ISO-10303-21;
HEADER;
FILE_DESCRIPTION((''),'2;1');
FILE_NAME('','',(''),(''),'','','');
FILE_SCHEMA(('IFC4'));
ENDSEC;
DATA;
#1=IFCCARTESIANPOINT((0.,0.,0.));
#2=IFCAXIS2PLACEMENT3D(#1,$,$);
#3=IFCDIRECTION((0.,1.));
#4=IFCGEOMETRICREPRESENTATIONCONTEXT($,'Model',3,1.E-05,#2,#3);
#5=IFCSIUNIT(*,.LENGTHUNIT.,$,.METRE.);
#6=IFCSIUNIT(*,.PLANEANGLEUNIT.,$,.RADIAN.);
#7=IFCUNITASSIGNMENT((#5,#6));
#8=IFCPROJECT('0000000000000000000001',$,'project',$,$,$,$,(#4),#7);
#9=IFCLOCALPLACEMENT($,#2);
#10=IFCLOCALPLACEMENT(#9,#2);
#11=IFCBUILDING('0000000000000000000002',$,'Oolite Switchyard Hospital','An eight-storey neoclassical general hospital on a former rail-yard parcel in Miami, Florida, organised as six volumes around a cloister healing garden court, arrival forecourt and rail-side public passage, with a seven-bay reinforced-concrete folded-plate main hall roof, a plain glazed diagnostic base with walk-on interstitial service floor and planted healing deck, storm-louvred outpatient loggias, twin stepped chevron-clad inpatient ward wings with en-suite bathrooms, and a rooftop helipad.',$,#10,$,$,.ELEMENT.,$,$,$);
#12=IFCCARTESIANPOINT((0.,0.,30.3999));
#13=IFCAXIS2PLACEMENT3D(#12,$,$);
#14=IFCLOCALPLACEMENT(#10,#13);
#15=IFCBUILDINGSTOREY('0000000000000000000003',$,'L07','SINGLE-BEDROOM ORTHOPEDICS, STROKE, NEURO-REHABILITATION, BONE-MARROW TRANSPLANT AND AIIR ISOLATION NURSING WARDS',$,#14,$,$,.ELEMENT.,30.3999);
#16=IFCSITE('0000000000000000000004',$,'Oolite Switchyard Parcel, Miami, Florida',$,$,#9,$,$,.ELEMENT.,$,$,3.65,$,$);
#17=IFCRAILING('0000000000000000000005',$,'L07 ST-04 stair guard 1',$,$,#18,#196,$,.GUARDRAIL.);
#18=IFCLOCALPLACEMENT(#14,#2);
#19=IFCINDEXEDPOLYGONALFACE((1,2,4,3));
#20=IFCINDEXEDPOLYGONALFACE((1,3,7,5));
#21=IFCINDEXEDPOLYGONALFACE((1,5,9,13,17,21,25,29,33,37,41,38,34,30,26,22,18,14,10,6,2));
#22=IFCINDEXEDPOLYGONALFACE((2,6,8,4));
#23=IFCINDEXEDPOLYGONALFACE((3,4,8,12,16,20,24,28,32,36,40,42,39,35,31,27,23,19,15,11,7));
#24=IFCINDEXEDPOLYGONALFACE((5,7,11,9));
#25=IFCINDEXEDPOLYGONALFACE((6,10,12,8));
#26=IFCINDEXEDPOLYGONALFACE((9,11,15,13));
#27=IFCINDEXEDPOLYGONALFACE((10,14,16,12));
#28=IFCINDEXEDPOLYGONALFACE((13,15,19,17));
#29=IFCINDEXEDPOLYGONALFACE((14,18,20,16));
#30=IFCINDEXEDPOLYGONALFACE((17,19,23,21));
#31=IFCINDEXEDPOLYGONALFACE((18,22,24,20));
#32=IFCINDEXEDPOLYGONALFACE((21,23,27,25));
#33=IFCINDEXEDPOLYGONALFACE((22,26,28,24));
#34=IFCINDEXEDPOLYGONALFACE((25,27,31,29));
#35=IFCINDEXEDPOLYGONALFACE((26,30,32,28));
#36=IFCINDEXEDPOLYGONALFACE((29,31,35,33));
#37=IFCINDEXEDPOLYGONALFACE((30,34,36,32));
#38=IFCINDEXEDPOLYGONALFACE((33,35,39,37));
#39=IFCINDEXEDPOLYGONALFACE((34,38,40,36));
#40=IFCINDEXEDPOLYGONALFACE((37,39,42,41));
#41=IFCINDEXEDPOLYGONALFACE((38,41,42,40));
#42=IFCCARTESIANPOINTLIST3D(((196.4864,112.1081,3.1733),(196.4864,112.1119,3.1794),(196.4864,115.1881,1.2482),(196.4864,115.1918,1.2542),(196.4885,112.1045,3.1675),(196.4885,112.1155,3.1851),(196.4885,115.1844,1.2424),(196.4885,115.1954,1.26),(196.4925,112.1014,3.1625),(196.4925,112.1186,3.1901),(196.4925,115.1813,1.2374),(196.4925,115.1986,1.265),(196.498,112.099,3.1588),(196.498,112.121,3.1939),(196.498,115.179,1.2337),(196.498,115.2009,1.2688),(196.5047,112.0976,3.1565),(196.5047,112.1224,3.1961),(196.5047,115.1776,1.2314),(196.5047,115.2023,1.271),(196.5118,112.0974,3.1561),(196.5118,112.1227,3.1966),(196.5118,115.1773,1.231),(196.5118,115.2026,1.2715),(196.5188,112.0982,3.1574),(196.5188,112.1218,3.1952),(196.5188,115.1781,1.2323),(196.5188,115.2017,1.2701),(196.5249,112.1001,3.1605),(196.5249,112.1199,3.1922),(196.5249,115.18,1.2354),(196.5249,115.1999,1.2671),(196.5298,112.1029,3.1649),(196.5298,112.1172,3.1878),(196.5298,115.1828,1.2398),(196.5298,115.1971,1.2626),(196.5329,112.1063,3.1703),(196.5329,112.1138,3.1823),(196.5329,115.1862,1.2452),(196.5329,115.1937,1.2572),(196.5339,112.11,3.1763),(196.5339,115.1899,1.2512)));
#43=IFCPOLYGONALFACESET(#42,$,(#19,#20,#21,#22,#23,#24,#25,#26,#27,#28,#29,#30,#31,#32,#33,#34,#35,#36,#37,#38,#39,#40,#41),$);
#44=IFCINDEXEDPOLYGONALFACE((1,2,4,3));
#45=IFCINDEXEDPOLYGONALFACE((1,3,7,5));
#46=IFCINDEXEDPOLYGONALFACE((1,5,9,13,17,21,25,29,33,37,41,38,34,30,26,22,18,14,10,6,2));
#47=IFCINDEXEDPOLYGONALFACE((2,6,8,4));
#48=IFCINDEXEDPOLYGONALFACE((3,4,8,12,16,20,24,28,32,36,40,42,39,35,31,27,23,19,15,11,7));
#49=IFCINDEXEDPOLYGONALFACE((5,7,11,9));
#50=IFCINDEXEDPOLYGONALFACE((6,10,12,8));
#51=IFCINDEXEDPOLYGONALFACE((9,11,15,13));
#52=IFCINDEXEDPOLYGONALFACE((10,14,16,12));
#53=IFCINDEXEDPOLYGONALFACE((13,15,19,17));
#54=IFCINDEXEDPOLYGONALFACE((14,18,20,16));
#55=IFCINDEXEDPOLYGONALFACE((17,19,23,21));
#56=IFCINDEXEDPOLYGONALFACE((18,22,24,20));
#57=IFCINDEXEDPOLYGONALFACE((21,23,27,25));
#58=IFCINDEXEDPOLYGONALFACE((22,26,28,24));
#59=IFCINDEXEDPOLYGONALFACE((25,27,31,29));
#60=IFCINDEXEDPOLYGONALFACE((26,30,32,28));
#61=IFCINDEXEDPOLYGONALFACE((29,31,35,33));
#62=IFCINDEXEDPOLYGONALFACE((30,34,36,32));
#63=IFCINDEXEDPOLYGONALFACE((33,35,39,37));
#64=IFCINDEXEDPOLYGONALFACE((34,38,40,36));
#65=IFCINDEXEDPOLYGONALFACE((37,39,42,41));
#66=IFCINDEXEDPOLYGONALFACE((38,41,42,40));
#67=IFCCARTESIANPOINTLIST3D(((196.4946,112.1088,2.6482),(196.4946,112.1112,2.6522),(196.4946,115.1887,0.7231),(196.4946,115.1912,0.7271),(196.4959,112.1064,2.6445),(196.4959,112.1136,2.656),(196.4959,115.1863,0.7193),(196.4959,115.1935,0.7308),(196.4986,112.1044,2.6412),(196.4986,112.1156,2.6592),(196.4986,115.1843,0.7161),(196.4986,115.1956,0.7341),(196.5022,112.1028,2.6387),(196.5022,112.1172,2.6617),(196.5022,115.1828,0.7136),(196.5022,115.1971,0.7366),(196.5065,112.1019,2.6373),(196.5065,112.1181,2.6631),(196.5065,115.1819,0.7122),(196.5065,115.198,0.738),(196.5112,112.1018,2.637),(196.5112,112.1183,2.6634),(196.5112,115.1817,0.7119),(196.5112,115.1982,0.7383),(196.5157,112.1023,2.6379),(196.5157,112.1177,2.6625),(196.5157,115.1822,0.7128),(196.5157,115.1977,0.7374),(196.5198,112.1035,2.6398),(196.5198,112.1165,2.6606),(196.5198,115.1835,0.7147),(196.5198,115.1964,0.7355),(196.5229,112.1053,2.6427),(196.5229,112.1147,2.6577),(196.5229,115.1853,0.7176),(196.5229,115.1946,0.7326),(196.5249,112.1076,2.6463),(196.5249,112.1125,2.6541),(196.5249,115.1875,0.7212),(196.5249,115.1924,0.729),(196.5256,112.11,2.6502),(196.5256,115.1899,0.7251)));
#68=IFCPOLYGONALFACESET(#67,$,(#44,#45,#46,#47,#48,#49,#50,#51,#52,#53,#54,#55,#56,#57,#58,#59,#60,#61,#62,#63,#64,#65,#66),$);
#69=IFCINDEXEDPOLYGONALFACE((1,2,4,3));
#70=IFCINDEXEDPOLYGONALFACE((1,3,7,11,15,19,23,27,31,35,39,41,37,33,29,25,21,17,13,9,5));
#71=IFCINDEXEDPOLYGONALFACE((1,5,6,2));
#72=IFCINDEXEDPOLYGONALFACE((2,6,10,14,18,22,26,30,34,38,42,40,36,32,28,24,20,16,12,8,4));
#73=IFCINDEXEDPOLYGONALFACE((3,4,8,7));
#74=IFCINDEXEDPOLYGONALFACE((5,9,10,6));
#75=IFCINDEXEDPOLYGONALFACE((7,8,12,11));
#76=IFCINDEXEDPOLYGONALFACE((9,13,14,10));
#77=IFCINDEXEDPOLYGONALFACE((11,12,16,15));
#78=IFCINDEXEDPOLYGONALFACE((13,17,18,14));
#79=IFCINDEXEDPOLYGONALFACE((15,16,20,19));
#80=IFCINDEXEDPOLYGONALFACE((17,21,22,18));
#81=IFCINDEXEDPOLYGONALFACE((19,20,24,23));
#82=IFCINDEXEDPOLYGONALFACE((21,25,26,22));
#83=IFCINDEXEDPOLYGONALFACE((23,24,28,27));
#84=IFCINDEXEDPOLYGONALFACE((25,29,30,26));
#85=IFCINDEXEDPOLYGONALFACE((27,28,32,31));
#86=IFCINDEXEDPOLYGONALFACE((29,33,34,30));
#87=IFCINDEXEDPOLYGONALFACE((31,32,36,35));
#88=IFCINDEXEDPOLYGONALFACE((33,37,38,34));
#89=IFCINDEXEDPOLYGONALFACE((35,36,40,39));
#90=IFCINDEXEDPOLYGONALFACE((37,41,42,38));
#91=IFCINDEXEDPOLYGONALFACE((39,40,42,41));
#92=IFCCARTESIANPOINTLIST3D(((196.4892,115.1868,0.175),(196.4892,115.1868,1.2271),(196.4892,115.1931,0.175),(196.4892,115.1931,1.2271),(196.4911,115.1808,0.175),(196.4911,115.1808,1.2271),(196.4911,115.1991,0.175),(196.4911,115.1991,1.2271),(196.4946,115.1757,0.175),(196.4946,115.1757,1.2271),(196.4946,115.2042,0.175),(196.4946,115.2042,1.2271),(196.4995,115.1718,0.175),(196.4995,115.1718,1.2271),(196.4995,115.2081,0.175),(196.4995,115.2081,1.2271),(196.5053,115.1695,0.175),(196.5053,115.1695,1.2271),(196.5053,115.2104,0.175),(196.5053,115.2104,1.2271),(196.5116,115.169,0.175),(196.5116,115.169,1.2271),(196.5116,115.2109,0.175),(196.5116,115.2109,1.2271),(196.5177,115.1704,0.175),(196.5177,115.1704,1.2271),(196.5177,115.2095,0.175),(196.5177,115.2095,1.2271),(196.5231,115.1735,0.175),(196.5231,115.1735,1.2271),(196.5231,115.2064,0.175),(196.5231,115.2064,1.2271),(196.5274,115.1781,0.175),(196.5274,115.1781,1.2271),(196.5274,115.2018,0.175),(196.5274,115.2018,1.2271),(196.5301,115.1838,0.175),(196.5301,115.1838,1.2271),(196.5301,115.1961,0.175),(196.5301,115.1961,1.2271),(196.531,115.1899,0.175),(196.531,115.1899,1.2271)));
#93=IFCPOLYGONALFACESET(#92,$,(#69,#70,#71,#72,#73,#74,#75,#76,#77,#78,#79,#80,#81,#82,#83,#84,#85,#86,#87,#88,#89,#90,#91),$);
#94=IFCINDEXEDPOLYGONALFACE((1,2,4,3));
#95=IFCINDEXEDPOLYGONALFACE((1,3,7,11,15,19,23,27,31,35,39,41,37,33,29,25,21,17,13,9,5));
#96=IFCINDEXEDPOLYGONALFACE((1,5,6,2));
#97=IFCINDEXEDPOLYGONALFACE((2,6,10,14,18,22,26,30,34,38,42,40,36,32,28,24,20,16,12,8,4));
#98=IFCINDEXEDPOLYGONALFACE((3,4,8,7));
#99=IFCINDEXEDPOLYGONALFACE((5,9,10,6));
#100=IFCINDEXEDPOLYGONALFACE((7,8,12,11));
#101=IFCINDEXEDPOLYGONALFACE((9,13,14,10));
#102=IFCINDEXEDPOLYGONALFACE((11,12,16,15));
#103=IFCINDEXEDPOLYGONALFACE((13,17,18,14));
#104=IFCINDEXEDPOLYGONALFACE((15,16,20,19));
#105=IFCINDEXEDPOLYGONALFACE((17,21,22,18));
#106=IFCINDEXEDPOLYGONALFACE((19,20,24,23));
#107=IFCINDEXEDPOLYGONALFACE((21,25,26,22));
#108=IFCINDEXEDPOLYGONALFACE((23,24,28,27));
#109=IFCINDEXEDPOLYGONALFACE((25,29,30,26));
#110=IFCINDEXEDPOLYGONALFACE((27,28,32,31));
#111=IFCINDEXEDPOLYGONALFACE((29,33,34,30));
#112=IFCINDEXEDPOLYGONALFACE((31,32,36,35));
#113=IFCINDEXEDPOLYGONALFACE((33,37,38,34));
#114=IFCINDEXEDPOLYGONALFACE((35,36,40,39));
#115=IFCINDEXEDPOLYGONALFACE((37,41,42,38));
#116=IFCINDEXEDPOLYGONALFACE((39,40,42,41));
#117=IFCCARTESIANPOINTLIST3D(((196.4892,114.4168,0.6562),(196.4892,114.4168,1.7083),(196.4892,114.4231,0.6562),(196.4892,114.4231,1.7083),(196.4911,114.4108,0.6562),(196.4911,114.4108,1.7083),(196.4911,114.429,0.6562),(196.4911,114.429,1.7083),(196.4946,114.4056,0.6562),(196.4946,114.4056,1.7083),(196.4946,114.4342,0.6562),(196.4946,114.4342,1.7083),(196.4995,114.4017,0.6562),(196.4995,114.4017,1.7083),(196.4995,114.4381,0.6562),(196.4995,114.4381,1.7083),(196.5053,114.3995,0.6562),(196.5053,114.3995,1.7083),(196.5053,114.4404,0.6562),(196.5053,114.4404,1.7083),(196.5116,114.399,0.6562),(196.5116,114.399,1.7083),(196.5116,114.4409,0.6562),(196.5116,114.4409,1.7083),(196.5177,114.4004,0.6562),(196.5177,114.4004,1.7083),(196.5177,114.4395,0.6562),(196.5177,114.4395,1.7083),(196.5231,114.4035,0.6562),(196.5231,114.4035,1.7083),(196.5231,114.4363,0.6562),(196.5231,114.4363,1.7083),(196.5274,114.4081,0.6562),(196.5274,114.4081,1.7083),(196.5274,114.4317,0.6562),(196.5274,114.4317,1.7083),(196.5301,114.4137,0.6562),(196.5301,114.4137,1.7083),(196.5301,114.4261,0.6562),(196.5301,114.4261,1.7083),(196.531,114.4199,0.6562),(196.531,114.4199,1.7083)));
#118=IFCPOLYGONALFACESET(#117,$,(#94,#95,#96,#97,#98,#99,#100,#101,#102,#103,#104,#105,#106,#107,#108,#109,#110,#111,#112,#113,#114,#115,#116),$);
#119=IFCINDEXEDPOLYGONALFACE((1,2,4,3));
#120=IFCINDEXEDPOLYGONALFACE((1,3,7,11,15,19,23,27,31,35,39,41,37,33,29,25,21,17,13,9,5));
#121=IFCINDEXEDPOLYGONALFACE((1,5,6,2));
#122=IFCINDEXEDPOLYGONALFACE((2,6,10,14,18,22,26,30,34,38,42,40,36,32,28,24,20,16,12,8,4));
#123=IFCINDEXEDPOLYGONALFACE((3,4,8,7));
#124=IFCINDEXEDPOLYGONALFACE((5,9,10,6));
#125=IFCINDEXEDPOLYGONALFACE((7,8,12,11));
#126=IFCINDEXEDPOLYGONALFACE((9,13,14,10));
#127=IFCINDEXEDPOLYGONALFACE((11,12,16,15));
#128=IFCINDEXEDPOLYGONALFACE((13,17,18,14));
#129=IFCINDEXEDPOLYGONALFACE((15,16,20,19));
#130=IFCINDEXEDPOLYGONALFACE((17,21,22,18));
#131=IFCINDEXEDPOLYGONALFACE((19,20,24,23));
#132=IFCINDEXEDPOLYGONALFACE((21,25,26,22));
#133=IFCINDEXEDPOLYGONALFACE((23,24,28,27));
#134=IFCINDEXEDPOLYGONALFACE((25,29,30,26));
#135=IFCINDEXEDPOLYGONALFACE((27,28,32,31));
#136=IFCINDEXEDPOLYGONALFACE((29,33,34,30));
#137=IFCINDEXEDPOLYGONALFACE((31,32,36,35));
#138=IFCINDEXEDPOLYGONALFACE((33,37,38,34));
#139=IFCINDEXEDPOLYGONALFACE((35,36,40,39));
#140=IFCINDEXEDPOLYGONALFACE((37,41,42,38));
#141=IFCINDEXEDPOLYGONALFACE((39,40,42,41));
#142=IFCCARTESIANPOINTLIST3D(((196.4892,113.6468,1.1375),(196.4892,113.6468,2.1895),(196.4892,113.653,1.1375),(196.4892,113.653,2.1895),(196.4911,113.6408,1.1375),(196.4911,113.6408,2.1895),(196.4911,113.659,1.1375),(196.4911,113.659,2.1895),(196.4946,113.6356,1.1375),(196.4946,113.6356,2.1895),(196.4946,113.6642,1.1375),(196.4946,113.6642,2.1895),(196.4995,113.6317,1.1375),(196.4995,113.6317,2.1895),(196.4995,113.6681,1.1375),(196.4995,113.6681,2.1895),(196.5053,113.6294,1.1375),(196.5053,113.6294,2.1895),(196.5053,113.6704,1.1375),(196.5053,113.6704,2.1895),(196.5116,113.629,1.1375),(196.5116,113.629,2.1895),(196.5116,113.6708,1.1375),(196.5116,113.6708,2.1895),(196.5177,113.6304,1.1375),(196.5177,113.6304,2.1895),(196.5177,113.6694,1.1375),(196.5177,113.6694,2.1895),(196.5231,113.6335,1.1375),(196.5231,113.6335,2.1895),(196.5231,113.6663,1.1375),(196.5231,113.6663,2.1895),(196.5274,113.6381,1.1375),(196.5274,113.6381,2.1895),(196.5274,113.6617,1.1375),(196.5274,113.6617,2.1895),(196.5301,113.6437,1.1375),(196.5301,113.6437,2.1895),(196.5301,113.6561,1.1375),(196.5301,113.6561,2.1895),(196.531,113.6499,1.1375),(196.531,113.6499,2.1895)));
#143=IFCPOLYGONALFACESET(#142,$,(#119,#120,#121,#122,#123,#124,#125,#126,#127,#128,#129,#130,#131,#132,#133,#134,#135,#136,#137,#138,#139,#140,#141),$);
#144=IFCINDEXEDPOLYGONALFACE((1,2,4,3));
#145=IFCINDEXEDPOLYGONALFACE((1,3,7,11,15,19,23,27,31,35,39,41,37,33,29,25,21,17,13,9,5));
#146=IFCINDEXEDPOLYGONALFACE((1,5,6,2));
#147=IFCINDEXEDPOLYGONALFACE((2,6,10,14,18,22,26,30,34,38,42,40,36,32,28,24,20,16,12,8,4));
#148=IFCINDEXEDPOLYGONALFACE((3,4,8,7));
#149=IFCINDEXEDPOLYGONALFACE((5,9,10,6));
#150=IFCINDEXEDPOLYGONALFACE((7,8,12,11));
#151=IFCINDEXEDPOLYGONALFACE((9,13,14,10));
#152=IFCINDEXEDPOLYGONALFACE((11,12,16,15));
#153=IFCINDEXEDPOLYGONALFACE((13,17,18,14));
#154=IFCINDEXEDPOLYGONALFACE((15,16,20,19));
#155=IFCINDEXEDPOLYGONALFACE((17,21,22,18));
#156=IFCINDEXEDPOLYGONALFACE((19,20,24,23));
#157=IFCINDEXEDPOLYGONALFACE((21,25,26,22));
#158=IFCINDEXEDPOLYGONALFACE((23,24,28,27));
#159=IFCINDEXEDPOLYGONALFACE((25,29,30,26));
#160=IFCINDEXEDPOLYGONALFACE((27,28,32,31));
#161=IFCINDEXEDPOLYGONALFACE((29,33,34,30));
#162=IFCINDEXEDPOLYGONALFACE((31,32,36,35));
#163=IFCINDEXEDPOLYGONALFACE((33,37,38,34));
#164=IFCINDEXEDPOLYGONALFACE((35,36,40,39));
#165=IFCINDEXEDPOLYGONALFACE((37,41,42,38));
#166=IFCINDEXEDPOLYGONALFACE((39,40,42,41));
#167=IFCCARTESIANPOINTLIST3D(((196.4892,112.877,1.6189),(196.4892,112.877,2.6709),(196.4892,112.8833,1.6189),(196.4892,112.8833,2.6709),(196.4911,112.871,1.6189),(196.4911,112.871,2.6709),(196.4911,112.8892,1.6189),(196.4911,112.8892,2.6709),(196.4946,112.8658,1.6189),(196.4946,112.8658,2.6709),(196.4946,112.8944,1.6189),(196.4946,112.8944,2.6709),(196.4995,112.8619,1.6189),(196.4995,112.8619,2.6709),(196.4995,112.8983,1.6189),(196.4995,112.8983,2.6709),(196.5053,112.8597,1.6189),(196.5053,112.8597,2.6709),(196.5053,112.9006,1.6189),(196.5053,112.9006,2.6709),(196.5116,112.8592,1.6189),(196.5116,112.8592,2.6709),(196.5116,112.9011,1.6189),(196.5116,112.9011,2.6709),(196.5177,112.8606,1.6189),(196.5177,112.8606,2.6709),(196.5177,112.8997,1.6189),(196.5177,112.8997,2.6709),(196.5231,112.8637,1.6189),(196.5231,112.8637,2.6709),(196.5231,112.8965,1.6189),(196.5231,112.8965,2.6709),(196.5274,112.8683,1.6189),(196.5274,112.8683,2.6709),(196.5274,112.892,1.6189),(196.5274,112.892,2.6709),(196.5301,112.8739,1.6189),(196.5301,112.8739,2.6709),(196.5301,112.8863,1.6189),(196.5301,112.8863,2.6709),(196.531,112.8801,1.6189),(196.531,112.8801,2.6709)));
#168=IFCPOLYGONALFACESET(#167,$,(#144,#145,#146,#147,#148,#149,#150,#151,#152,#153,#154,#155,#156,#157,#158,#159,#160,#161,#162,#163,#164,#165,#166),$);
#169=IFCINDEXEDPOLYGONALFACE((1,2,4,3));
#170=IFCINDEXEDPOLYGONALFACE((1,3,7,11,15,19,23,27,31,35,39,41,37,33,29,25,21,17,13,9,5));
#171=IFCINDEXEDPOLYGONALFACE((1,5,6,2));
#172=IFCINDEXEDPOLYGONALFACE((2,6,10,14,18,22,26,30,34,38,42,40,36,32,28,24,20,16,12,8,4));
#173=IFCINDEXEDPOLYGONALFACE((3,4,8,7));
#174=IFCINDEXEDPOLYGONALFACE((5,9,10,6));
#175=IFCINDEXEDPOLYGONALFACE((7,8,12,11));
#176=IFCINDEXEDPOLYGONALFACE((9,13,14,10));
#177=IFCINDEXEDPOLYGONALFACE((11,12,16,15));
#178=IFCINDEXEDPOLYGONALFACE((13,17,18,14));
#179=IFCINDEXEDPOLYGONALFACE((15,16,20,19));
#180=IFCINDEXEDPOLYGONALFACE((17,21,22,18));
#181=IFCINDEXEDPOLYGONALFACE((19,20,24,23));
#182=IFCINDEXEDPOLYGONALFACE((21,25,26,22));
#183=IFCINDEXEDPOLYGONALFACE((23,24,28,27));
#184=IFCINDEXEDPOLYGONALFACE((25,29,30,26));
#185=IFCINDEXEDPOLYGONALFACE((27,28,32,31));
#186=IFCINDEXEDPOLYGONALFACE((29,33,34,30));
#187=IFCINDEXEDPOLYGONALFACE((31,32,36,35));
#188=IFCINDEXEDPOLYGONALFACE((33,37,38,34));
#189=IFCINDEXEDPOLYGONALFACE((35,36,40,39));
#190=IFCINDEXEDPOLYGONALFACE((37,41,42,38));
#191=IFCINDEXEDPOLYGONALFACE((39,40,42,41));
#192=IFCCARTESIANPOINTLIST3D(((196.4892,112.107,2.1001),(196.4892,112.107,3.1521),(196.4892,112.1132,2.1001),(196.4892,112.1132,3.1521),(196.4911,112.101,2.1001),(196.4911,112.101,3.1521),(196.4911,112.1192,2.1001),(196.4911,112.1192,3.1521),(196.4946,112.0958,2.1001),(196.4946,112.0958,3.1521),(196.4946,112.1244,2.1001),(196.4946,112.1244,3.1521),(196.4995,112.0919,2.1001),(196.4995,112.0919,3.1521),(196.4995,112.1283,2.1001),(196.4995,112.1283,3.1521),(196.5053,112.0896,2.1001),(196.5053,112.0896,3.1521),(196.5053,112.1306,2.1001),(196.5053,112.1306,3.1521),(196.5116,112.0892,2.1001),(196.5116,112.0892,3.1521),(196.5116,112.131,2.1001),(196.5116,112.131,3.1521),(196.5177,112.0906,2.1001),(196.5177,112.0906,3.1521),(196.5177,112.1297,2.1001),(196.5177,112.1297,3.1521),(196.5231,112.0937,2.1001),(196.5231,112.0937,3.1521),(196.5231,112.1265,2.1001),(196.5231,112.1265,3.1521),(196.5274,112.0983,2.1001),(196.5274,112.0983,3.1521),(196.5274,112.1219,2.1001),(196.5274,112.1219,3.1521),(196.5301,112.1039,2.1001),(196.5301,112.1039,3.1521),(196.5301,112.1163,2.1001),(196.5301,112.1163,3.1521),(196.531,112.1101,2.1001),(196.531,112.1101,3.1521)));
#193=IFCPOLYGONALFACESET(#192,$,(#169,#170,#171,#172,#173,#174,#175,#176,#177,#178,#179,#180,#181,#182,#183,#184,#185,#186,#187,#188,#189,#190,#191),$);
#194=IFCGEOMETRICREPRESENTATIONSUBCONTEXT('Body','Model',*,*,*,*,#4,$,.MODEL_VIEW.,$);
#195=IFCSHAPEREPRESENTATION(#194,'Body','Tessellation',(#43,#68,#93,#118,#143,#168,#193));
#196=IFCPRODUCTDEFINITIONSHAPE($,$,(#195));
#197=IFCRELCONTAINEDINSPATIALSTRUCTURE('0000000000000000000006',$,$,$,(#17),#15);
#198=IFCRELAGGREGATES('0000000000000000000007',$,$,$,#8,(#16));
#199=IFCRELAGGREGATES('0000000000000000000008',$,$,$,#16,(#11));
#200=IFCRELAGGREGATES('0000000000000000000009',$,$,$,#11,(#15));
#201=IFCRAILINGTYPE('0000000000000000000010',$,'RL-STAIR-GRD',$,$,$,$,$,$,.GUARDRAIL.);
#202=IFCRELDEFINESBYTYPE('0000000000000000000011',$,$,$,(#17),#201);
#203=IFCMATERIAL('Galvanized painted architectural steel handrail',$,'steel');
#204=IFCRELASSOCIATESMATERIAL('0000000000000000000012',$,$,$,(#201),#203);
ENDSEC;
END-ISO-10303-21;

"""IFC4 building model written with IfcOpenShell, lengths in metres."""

from ifc_helpers import new_model, si_unit, direction, frame, origin, origin_2d, place, context, subcontext, project, spatial, circle, extrude, material, type_object, element, save


model = new_model("IFC4")

# Units and contexts
model_context = context("Model", 3, precision=1e-05, world=origin(), true_north=direction((0.0, 1.0)))
body_context = subcontext(model_context, "Body", "Model", "MODEL_VIEW")
ifc_project = project(units=[si_unit("LENGTHUNIT", "METRE"), si_unit("PLANEANGLEUNIT", "RADIAN")], contexts=[model_context])

# Site, building, storey
site_placement = place(None, origin())
site = spatial("IfcSite", under=ifc_project, at=site_placement, Name="Oolite Switchyard Parcel, Miami, Florida", CompositionType="ELEMENT", RefElevation=3.65)
building_placement = place(site_placement, origin())
building = spatial("IfcBuilding", under=site, at=building_placement, Name="Oolite Switchyard Hospital", Description="An eight-storey neoclassical general hospital on a former rail-yard parcel in Miami, Florida, organised as six volumes around a cloister healing garden court, arrival forecourt and rail-side public passage, with a seven-bay reinforced-concrete folded-plate main hall roof, a plain glazed diagnostic base with walk-on interstitial service floor and planted healing deck, storm-louvred outpatient loggias, twin stepped chevron-clad inpatient ward wings with en-suite bathrooms, and a rooftop helipad.", CompositionType="ELEMENT")
storey_placement = place(building_placement, frame((0.0, 0.0, 30.3999)))
storey = spatial("IfcBuildingStorey", under=building, at=storey_placement, Name="L07", Description="SINGLE-BEDROOM ORTHOPEDICS, STROKE, NEURO-REHABILITATION, BONE-MARROW TRANSPLANT AND AIIR ISOLATION NURSING WARDS", CompositionType="ELEMENT", Elevation=30.3999)

# Railing
ifc_material_1 = material(Name="Galvanized painted architectural steel handrail", Category="steel")
railing_type_1 = type_object("IfcRailingType", Name="RL-STAIR-GRD", PredefinedType="GUARDRAIL", material=ifc_material_1)
railing_1_placement = place(storey_placement, frame((196.51, 115.1899, 0.175)))
element("IfcRailing", 1, at=railing_1_placement, inside=storey, type_object=railing_type_1, Name="L07 ST-04 stair guard 1", PredefinedType="GUARDRAIL", context=body_context, shape_type="SweptSolid", body=[
    extrude(circle(Radius=0.0239, at=origin_2d()), frame((0.0, 0.0, 1.0762), z_axis=(0.0, -0.847979, 0.530029), x_axis=(1.0, 0.0, 0.0)), (0.0, 0.0, 1.0), 3.6321),
    extrude(circle(Radius=0.0156, at=origin_2d()), frame((0.0, 0.0, 0.55), z_axis=(0.0, -0.847979, 0.530029), x_axis=(1.0, 0.0, 0.0)), (0.0, 0.0, 1.0), 3.6321),
    extrude(circle(Radius=0.021, at=origin_2d()), origin(), (0.0, 0.0, 1.0), 1.052),
    extrude(circle(Radius=0.021, at=origin_2d()), frame((0.0, -0.77, 0.4812)), (0.0, 0.0, 1.0), 1.052),
    extrude(circle(Radius=0.021, at=origin_2d()), frame((0.0, -1.54, 0.9624)), (0.0, 0.0, 1.0), 1.052),
    extrude(circle(Radius=0.021, at=origin_2d()), frame((0.0, -2.3098, 1.4438)), (0.0, 0.0, 1.0), 1.052),
    extrude(circle(Radius=0.021, at=origin_2d()), frame((0.0, -3.0798, 1.925)), (0.0, 0.0, 1.0), 1.052),
])

save(model, "model.ifc")
